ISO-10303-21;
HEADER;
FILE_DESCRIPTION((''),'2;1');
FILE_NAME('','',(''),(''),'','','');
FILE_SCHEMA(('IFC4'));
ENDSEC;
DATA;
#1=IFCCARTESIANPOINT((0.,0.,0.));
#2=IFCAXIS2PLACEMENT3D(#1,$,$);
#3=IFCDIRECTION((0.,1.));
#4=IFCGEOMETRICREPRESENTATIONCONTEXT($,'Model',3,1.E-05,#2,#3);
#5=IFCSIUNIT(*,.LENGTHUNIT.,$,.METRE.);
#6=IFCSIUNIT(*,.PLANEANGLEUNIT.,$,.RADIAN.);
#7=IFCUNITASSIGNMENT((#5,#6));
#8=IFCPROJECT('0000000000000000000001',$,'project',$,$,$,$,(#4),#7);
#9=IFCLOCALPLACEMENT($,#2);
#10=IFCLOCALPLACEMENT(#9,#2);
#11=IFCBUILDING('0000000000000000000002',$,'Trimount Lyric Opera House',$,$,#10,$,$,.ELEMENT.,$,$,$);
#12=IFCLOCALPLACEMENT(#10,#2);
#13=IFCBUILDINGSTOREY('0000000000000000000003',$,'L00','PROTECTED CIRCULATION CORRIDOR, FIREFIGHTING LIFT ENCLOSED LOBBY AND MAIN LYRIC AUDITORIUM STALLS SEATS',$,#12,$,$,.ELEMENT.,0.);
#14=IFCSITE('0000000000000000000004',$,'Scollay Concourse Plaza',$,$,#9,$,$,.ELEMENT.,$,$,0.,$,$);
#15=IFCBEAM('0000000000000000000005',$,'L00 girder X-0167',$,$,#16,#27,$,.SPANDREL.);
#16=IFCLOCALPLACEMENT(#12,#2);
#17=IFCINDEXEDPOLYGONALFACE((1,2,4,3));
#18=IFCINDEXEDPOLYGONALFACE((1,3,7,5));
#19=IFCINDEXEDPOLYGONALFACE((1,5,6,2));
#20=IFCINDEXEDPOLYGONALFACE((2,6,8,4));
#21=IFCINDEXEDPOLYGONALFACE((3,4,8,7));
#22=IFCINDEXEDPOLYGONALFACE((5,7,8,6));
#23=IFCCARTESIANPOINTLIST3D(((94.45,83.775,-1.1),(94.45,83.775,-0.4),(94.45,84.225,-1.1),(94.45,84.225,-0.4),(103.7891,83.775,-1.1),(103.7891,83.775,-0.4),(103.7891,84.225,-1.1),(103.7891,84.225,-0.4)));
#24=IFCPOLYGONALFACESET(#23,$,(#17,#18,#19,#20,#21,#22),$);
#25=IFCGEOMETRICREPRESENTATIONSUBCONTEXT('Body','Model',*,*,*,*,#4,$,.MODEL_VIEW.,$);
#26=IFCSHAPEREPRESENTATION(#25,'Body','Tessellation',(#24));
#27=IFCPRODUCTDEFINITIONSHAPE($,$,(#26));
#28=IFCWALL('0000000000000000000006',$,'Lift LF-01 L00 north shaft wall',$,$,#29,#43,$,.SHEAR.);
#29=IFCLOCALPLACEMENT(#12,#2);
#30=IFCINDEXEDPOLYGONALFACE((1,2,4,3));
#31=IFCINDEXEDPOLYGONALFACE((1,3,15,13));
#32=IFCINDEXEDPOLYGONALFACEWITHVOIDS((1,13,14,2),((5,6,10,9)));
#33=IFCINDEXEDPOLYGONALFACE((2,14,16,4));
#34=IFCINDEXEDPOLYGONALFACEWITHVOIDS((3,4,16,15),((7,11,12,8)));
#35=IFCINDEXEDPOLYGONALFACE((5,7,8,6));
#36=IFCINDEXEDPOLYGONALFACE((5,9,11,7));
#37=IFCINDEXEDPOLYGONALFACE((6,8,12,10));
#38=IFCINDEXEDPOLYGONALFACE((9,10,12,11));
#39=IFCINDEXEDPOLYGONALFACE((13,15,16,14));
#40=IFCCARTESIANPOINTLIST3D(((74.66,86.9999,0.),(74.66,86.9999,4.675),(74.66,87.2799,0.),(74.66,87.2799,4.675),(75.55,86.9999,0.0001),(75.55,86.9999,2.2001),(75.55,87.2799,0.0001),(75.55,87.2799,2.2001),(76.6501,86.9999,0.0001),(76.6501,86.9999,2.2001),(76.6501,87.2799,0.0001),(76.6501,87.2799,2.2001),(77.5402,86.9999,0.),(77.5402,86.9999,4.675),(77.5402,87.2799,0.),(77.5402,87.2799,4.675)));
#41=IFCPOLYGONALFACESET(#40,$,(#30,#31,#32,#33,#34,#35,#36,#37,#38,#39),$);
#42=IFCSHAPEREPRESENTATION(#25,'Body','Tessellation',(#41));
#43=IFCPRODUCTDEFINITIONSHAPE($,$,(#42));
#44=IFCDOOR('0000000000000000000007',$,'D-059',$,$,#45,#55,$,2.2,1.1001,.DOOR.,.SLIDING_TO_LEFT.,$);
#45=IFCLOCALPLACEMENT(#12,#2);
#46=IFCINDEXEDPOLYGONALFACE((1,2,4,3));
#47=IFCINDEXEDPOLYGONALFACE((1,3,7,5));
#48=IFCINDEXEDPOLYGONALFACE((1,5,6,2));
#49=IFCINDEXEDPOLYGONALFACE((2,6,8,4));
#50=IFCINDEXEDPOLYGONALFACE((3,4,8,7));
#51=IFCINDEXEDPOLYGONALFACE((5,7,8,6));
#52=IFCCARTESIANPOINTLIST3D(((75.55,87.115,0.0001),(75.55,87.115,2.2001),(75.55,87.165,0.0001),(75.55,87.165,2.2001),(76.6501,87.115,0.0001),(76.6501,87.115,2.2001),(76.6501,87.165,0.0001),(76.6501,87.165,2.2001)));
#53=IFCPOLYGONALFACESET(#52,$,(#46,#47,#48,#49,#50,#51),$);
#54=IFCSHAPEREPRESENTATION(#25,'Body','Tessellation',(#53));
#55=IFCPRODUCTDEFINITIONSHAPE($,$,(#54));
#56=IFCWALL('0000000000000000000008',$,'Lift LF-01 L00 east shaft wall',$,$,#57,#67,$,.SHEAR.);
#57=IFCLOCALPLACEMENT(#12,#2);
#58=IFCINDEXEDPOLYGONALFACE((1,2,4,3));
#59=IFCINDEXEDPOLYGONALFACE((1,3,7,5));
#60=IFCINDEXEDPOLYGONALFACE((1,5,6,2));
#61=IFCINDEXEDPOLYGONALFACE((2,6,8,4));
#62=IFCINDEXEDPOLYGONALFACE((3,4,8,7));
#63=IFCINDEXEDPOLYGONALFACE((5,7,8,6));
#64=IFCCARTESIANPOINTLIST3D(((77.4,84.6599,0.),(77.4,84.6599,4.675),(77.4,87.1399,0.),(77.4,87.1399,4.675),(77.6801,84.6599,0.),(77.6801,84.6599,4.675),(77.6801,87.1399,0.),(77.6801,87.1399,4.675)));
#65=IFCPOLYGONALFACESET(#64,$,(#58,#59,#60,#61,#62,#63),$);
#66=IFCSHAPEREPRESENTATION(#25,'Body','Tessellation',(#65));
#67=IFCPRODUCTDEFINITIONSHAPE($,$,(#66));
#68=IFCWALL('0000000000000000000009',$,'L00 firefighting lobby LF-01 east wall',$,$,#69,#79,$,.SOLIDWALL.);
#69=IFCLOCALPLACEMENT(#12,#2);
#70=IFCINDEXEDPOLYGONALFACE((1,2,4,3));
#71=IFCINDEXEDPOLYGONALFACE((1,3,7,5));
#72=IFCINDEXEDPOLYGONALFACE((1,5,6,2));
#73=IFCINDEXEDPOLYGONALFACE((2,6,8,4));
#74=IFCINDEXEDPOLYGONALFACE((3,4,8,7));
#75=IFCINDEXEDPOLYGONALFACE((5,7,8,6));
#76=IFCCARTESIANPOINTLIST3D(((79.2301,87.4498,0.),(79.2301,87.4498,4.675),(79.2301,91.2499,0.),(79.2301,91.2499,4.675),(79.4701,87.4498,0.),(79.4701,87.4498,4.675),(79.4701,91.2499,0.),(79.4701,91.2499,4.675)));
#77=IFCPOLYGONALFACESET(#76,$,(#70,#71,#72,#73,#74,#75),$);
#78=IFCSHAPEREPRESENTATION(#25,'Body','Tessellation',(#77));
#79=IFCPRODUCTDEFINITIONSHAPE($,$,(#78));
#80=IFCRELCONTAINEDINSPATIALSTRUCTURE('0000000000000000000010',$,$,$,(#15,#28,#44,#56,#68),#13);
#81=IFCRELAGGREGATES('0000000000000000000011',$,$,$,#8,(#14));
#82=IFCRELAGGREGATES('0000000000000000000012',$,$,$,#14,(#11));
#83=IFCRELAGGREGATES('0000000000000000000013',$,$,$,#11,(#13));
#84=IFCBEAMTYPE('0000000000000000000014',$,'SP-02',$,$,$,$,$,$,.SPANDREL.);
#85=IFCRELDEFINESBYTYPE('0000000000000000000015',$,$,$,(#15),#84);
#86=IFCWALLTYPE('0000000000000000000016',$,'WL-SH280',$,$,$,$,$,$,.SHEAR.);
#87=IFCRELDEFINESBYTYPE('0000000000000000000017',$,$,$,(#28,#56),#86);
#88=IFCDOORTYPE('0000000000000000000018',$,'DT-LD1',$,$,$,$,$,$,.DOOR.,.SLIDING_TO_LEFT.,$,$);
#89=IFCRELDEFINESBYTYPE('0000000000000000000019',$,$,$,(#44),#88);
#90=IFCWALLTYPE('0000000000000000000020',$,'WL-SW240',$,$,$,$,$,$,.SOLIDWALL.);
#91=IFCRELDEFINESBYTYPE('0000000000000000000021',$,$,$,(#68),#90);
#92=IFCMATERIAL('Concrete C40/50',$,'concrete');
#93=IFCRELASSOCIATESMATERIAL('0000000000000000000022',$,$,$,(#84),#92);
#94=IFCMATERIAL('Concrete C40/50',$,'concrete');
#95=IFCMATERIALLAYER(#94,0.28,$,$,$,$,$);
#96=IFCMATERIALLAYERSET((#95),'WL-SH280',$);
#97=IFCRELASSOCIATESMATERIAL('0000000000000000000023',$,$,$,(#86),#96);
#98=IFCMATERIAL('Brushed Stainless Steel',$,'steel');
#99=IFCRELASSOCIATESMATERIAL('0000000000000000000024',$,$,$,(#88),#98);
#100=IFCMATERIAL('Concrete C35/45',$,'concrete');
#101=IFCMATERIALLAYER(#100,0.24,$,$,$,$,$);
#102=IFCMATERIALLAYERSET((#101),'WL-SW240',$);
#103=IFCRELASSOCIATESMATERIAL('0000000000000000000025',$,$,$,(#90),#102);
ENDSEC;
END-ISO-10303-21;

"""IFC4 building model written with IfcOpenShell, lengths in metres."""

from ifc_helpers import new_model, si_unit, direction, frame, frame_2d, origin, origin_2d, place, context, subcontext, project, spatial, rectangle, extrude, material, layer, layer_set, material_profile, profile_set, type_object, element, fill, save


model = new_model("IFC4")

# Units and contexts
model_context = context("Model", 3, precision=1e-05, world=origin(), true_north=direction((0.0, 1.0)))
body_context = subcontext(model_context, "Body", "Model", "MODEL_VIEW")
ifc_project = project(units=[si_unit("LENGTHUNIT", "METRE"), si_unit("PLANEANGLEUNIT", "RADIAN")], contexts=[model_context])

# Site, building, storey
site_placement = place(None, origin())
site = spatial("IfcSite", under=ifc_project, at=site_placement, Name="Scollay Concourse Plaza", CompositionType="ELEMENT", RefElevation=0.0)
building_placement = place(site_placement, origin())
building = spatial("IfcBuilding", under=site, at=building_placement, Name="Trimount Lyric Opera House", CompositionType="ELEMENT")
storey_placement = place(building_placement, origin())
storey = spatial("IfcBuildingStorey", under=building, at=storey_placement, Name="L00", Description="PROTECTED CIRCULATION CORRIDOR, FIREFIGHTING LIFT ENCLOSED LOBBY AND MAIN LYRIC AUDITORIUM STALLS SEATS", CompositionType="ELEMENT", Elevation=0.0)

# Beam
ifc_material_1 = material(Name="Concrete C40/50", Category="concrete")
ifc_material_profile_1 = material_profile(ifc_material_1, rectangle(XDim=0.45, YDim=0.7, at=origin_2d()), Name="RC450X700")
ifc_profile_set_1 = profile_set([ifc_material_profile_1], Name="Concrete C40/50")
beam_type_1 = type_object("IfcBeamType", Name="SP-02", PredefinedType="SPANDREL", material=ifc_profile_set_1)
beam_1_placement = place(storey_placement, frame((94.45, 84.0, -0.75), z_axis=(1.0, 0.0, 0.0), x_axis=(0.0, 1.0, 0.0)))
element("IfcBeam", 1, at=beam_1_placement, inside=storey, type_object=beam_type_1, Name="L00 girder X-0167", PredefinedType="SPANDREL", context=body_context, shape_type="SweptSolid", body=[
    extrude(rectangle(XDim=0.45, YDim=0.7, at=origin_2d()), origin(), (0.0, 0.0, 1.0), 9.3391),
])

# Wall, opening, door
ifc_material_2 = material(Name="Concrete C40/50", Category="concrete")
ifc_layer_1 = layer(ifc_material_2, 0.28)
ifc_layer_set_1 = layer_set([ifc_layer_1], Name="WL-SH280")
wall_type_1 = type_object("IfcWallType", Name="WL-SH280", PredefinedType="SHEAR", material=ifc_layer_set_1)
wall_1_placement = place(storey_placement, frame((77.54, 87.1399, 0.0), z_axis=(0.0, 0.0, 1.0), x_axis=(-1.0, 0.0, 0.0)))
wall_1 = element("IfcWall", 2, at=wall_1_placement, inside=storey, type_object=wall_type_1, Name="Lift LF-01 L00 north shaft wall", PredefinedType="SHEAR", context=body_context, shape_type="SweptSolid", body=[
    extrude(rectangle(XDim=2.8801, YDim=0.28, at=frame_2d((1.4399, 0.0))), origin(), (0.0, 0.0, 1.0), 4.675),
])
opening_placement = place(wall_1_placement, frame((0.8899, 0.0, 0.0)))
opening = element("IfcOpeningElement", 3, at=opening_placement, cuts=wall_1, PredefinedType="OPENING", context=body_context, shape_type="SweptSolid", body=[
    extrude(rectangle(XDim=1.1001, YDim=2.2, at=frame_2d((0.55, 1.1001))), frame((0.0, 0.1499, 0.0), z_axis=(0.0, -1.0, 0.0), x_axis=(1.0, 0.0, 0.0)), (0.0, 0.0, 1.0), 0.3),
])
ifc_material_3 = material(Name="Brushed Stainless Steel", Category="steel")
door_type = type_object("IfcDoorType", Name="DT-LD1", OperationType="SLIDING_TO_LEFT", PredefinedType="DOOR", material=ifc_material_3)
door_placement = place(opening_placement, origin())
door = element("IfcDoor", 4, at=door_placement, inside=storey, type_object=door_type, Name="D-059", OperationType="SLIDING_TO_LEFT", OverallHeight=2.2, OverallWidth=1.1001, PredefinedType="DOOR", context=body_context, shape_type="SweptSolid", body=[
    extrude(rectangle(XDim=1.1001, YDim=2.2, at=frame_2d((0.55, 1.1001))), frame((0.0, 0.0249, 0.0), z_axis=(0.0, -1.0, 0.0), x_axis=(1.0, 0.0, 0.0)), (0.0, 0.0, 1.0), 0.05),
])
fill(opening, door)

# Walls
wall_2_placement = place(storey_placement, frame((77.54, 84.6599, 0.0), z_axis=(0.0, 0.0, 1.0), x_axis=(0.0, 1.0, 0.0)))
element("IfcWall", 5, at=wall_2_placement, inside=storey, type_object=wall_type_1, Name="Lift LF-01 L00 east shaft wall", PredefinedType="SHEAR", context=body_context, shape_type="SweptSolid", body=[
    extrude(rectangle(XDim=2.48, YDim=0.28, at=frame_2d((1.24, 0.0))), origin(), (0.0, 0.0, 1.0), 4.675),
])
ifc_material_4 = material(Name="Concrete C35/45", Category="concrete")
ifc_layer_2 = layer(ifc_material_4, 0.24)
ifc_layer_set_2 = layer_set([ifc_layer_2], Name="WL-SW240")
wall_type_2 = type_object("IfcWallType", Name="WL-SW240", PredefinedType="SOLIDWALL", material=ifc_layer_set_2)
wall_3_placement = place(storey_placement, frame((79.3501, 87.45, 0.0), z_axis=(0.0, 0.0, 1.0), x_axis=(0.0, 1.0, 0.0)))
element("IfcWall", 6, at=wall_3_placement, inside=storey, type_object=wall_type_2, Name="L00 firefighting lobby LF-01 east wall", PredefinedType="SOLIDWALL", context=body_context, shape_type="SweptSolid", body=[
    extrude(rectangle(XDim=3.8, YDim=0.24, at=frame_2d((1.8999, 0.0))), origin(), (0.0, 0.0, 1.0), 4.675),
])

save(model, "model.ifc")
